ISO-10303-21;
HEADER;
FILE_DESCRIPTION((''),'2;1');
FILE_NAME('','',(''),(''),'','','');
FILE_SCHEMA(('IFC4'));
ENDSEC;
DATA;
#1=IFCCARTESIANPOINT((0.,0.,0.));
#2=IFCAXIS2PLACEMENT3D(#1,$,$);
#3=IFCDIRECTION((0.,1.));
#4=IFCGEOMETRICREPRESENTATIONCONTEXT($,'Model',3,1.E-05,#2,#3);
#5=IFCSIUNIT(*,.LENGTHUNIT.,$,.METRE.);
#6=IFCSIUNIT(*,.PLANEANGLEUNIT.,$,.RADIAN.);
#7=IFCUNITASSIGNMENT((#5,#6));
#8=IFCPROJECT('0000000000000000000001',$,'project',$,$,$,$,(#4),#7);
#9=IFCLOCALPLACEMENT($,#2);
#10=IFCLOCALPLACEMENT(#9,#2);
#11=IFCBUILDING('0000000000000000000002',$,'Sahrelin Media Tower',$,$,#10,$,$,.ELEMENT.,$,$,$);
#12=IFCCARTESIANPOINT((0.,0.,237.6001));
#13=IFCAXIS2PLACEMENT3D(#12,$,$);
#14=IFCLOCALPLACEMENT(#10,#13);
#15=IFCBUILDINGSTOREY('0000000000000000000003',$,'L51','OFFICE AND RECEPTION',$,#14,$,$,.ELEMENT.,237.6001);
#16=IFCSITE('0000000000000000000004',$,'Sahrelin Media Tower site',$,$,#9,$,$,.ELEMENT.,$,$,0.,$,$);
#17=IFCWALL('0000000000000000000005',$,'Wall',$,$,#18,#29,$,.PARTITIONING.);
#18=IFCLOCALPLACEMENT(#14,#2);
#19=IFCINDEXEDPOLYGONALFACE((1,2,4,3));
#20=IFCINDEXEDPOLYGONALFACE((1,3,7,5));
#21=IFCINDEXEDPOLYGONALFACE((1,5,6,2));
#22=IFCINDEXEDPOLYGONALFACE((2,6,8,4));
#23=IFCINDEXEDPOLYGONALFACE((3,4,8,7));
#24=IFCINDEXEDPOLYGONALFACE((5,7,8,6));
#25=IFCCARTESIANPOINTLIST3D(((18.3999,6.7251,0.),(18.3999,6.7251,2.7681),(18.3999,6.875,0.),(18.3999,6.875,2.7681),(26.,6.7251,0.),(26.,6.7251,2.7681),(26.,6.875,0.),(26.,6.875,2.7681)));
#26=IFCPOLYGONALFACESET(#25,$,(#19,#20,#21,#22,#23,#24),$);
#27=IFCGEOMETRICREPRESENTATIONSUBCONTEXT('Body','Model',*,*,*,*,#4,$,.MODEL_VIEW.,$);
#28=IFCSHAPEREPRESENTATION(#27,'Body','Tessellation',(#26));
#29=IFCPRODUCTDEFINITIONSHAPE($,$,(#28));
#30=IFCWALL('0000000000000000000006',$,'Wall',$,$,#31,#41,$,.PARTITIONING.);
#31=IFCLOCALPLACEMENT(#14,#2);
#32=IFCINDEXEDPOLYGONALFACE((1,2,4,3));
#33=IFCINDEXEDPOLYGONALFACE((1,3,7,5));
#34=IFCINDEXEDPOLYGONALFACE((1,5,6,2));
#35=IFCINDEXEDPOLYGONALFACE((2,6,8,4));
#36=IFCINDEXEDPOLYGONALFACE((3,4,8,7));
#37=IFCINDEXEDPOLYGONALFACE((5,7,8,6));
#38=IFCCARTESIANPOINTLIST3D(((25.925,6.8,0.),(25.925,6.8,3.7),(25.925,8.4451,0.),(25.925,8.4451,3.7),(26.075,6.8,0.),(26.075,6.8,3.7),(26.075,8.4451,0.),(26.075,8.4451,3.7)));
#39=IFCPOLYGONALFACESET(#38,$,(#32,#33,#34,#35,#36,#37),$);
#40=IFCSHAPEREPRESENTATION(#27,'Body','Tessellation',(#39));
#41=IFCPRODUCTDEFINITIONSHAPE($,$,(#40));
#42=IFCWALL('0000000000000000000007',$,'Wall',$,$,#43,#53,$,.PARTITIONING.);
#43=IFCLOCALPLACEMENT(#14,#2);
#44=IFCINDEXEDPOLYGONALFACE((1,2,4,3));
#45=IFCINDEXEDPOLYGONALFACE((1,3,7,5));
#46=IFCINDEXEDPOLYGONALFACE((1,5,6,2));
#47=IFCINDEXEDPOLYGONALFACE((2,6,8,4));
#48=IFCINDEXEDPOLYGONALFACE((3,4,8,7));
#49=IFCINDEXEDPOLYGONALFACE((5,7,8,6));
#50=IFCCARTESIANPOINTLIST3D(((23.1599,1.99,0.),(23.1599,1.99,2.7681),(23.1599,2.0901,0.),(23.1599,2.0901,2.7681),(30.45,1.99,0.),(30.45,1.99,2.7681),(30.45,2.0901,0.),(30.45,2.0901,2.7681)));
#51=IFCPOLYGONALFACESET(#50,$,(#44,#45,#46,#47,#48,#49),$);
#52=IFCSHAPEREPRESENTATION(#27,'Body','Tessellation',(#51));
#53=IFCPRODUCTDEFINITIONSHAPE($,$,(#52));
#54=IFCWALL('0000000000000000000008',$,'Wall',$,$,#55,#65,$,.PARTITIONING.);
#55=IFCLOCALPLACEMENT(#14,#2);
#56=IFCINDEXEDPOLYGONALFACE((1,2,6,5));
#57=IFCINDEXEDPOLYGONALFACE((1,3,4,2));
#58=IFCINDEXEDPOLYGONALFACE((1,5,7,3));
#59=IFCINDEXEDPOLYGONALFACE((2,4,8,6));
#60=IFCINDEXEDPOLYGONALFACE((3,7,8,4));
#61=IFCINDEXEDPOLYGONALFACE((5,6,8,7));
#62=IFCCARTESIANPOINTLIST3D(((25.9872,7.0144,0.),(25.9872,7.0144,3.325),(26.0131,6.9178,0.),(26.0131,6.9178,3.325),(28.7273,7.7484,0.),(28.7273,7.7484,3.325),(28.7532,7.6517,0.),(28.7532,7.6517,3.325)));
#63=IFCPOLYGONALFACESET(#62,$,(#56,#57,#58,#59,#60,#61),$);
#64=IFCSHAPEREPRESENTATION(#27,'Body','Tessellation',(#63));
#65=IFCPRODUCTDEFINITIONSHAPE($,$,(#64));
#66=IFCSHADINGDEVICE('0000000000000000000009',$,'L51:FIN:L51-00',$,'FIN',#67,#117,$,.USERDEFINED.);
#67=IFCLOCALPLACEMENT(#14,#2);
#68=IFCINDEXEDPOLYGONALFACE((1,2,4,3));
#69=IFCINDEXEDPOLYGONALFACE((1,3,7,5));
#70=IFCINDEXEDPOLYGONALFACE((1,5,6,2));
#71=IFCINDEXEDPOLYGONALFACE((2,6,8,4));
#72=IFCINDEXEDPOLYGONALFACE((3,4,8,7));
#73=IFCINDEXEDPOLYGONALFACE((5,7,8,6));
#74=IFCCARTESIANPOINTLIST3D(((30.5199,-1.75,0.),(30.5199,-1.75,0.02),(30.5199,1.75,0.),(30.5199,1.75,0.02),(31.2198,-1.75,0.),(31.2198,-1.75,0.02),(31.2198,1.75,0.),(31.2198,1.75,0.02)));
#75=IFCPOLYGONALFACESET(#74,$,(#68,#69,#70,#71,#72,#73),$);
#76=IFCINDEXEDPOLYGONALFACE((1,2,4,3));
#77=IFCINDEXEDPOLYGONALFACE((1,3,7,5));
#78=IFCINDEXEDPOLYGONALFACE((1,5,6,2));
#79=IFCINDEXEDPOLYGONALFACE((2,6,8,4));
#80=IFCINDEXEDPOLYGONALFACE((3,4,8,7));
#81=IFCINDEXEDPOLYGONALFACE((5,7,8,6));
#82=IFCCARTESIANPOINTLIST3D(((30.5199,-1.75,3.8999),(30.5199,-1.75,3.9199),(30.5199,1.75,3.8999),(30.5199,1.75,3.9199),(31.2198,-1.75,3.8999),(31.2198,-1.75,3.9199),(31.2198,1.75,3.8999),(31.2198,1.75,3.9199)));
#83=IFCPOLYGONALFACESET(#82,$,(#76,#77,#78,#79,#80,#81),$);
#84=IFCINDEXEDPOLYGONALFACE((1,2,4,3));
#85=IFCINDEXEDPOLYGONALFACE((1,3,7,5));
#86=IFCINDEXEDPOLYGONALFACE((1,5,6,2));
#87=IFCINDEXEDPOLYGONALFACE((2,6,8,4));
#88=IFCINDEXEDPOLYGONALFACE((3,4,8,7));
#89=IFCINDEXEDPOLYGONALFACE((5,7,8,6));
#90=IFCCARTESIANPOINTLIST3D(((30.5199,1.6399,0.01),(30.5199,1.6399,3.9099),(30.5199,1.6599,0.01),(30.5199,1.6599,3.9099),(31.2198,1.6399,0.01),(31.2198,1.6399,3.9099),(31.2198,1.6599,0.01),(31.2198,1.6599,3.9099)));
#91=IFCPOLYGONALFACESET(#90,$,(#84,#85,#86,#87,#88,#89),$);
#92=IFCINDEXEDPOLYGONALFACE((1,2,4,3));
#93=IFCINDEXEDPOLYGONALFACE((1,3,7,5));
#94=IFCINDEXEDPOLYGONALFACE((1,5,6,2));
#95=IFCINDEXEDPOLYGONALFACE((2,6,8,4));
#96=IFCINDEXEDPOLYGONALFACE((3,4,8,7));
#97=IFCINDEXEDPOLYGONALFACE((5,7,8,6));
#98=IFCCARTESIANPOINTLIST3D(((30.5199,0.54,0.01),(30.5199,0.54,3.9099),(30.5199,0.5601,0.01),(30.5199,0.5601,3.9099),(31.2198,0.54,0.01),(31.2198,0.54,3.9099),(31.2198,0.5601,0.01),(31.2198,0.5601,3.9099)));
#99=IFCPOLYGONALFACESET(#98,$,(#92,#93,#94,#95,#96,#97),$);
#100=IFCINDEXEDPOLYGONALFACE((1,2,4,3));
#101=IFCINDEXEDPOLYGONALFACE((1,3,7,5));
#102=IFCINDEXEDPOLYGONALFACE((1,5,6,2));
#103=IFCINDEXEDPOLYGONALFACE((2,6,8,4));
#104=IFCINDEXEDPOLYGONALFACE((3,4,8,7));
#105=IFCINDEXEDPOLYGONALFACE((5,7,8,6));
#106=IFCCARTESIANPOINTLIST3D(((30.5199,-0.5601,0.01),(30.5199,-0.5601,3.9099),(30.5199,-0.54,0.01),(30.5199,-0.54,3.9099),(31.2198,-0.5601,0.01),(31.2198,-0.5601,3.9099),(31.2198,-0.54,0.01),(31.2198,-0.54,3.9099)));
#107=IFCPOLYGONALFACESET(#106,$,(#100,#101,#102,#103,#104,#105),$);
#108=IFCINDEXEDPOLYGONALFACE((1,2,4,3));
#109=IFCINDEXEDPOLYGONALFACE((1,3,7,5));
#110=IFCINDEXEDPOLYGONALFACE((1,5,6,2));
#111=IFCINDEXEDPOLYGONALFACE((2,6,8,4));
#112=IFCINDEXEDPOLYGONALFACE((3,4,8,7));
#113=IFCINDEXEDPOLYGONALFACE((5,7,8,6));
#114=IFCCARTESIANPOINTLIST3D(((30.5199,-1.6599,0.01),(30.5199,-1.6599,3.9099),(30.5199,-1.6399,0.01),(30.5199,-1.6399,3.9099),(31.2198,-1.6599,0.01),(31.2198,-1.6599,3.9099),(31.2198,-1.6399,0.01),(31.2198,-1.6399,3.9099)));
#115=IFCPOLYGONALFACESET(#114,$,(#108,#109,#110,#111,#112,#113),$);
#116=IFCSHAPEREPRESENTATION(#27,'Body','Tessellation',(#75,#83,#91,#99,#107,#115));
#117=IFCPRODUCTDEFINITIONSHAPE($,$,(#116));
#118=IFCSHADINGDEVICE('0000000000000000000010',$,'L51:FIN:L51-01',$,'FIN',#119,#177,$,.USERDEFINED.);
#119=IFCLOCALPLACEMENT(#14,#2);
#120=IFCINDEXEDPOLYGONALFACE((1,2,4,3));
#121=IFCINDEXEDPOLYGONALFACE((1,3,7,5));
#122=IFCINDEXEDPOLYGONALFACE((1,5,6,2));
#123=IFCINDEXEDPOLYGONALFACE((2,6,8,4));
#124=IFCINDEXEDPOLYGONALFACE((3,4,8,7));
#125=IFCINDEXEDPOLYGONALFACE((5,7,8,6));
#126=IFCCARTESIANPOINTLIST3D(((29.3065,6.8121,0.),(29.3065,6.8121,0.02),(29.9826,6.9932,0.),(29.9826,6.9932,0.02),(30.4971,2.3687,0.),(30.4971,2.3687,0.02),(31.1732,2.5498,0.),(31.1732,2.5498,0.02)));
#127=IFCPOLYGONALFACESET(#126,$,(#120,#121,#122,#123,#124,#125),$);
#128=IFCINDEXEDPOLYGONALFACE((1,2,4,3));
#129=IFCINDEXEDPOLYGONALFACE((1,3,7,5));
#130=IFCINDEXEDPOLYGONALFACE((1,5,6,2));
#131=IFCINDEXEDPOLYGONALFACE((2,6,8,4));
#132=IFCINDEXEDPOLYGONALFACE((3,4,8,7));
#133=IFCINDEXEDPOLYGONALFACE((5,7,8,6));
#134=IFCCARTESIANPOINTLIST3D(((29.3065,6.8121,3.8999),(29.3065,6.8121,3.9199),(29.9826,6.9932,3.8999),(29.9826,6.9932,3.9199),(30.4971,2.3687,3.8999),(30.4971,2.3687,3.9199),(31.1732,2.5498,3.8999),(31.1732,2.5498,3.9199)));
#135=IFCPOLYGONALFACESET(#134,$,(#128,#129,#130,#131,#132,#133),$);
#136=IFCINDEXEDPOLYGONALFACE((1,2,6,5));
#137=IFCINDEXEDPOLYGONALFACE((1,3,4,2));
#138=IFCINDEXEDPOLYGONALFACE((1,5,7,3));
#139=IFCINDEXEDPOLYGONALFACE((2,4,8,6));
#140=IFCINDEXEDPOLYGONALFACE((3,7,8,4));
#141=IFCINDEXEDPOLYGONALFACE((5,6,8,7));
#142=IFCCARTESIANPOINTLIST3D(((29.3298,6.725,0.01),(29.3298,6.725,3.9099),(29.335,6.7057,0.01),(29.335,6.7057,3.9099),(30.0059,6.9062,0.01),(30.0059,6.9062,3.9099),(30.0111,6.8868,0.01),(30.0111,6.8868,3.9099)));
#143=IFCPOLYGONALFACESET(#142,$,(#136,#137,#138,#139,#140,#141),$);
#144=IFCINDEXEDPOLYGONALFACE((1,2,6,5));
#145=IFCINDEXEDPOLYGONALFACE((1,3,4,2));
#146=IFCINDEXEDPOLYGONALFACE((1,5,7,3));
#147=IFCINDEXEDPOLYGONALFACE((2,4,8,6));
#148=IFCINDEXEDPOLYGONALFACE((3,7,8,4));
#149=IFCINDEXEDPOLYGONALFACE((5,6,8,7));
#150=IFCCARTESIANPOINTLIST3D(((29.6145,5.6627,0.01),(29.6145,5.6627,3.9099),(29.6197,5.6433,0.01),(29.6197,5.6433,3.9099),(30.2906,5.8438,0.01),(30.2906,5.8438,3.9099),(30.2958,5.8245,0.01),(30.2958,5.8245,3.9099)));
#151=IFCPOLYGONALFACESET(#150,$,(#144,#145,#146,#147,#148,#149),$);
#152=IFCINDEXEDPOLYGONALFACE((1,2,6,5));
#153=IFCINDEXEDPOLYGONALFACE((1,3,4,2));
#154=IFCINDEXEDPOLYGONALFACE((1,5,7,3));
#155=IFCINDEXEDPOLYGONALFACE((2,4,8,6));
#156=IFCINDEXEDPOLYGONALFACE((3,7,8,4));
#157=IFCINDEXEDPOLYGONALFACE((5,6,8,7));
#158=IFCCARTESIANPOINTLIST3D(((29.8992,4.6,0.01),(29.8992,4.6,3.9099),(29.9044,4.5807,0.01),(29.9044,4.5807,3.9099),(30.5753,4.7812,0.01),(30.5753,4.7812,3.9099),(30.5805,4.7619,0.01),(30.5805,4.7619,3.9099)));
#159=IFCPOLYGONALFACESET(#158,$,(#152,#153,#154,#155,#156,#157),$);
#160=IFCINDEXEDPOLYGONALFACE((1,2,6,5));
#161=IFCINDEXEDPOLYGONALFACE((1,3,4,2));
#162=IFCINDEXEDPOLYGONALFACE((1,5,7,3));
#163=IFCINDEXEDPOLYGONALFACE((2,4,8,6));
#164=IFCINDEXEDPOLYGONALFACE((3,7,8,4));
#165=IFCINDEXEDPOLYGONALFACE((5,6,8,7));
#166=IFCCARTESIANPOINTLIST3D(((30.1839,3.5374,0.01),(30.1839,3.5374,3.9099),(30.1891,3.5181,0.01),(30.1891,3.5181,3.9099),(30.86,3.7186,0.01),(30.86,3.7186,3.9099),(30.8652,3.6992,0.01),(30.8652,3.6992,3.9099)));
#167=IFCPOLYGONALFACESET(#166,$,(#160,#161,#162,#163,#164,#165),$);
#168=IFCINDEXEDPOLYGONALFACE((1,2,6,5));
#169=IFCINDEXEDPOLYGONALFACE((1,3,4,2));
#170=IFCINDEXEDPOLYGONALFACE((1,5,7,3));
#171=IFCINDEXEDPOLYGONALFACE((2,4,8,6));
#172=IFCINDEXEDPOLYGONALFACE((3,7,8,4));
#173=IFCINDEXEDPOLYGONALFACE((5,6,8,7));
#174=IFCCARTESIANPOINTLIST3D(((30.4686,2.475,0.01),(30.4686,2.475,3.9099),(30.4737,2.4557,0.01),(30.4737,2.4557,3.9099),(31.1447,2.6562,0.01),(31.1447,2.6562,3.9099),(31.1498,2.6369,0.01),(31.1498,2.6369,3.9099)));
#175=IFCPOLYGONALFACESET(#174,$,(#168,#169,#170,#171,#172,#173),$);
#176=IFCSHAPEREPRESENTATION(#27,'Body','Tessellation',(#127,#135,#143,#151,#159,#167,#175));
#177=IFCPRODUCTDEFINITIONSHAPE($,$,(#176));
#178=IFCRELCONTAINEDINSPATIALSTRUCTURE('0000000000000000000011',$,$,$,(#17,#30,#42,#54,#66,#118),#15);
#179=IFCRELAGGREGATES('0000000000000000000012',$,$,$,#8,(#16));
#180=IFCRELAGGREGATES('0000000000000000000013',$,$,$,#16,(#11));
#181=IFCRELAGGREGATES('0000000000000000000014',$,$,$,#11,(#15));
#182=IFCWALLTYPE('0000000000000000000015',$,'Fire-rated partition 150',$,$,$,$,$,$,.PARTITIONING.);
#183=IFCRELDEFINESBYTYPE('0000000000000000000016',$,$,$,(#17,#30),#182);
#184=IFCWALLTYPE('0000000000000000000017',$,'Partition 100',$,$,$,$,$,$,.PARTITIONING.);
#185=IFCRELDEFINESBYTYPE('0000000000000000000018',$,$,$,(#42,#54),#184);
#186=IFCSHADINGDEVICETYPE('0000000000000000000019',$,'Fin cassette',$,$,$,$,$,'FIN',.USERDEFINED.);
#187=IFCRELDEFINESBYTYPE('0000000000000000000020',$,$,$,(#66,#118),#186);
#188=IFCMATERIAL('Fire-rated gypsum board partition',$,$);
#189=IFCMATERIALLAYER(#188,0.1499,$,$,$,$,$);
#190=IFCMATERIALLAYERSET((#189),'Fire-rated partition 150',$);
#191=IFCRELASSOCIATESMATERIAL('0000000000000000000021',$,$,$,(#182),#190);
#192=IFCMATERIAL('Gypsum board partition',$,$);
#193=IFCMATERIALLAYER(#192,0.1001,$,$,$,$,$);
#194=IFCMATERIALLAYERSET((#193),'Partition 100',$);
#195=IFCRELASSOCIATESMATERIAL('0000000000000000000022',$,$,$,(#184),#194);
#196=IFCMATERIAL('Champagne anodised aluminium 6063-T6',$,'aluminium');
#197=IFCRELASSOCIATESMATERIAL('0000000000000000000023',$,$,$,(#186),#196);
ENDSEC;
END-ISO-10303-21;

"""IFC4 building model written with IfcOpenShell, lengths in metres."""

from ifc_helpers import new_model, si_unit, direction, frame, frame_2d, origin, origin_2d, place, context, subcontext, project, spatial, rectangle, extrude, material, layer, layer_set, type_object, element, save


model = new_model("IFC4")

# Units and contexts
model_context = context("Model", 3, precision=1e-05, world=origin(), true_north=direction((0.0, 1.0)))
body_context = subcontext(model_context, "Body", "Model", "MODEL_VIEW")
ifc_project = project(units=[si_unit("LENGTHUNIT", "METRE"), si_unit("PLANEANGLEUNIT", "RADIAN")], contexts=[model_context])

# Site, building, storey
site_placement = place(None, origin())
site = spatial("IfcSite", under=ifc_project, at=site_placement, Name="Sahrelin Media Tower site", CompositionType="ELEMENT", RefElevation=0.0)
building_placement = place(site_placement, origin())
building = spatial("IfcBuilding", under=site, at=building_placement, Name="Sahrelin Media Tower", CompositionType="ELEMENT")
storey_placement = place(building_placement, frame((0.0, 0.0, 237.6001)))
storey = spatial("IfcBuildingStorey", under=building, at=storey_placement, Name="L51", Description="OFFICE AND RECEPTION", CompositionType="ELEMENT", Elevation=237.6001)

# Shared definitions
ifc_material_1 = material(Name="Champagne anodised aluminium 6063-T6", Category="aluminium")

# Walls
ifc_material_2 = material(Name="Fire-rated gypsum board partition")
ifc_layer_1 = layer(ifc_material_2, 0.1499)
ifc_layer_set_1 = layer_set([ifc_layer_1], Name="Fire-rated partition 150")
wall_type_1 = type_object("IfcWallType", Name="Fire-rated partition 150", PredefinedType="PARTITIONING", material=ifc_layer_set_1)
wall_1_placement = place(storey_placement, frame((18.3999, 6.8, 0.0), z_axis=(0.0, 0.0, 1.0), x_axis=(1.0, 0.0, 0.0)))
element("IfcWall", 1, at=wall_1_placement, inside=storey, type_object=wall_type_1, Name="Wall", PredefinedType="PARTITIONING", context=body_context, shape_type="SweptSolid", body=[
    extrude(rectangle(XDim=7.6001, YDim=0.1499, at=frame_2d((3.8, 0.0))), origin(), (0.0, 0.0, 1.0), 2.7681),
])
wall_2_placement = place(storey_placement, frame((26.0, 6.8, 0.0), z_axis=(0.0, 0.0, 1.0), x_axis=(0.0, 1.0, 0.0)))
element("IfcWall", 2, at=wall_2_placement, inside=storey, type_object=wall_type_1, Name="Wall", PredefinedType="PARTITIONING", context=body_context, shape_type="SweptSolid", body=[
    extrude(rectangle(XDim=1.645, YDim=0.1499, at=frame_2d((0.8225, 0.0))), origin(), (0.0, 0.0, 1.0), 3.7),
])
ifc_material_3 = material(Name="Gypsum board partition")
ifc_layer_2 = layer(ifc_material_3, 0.1001)
ifc_layer_set_2 = layer_set([ifc_layer_2], Name="Partition 100")
wall_type_2 = type_object("IfcWallType", Name="Partition 100", PredefinedType="PARTITIONING", material=ifc_layer_set_2)
wall_3_placement = place(storey_placement, frame((23.1599, 2.04, 0.0), z_axis=(0.0, 0.0, 1.0), x_axis=(1.0, 0.0, 0.0)))
element("IfcWall", 3, at=wall_3_placement, inside=storey, type_object=wall_type_2, Name="Wall", PredefinedType="PARTITIONING", context=body_context, shape_type="SweptSolid", body=[
    extrude(rectangle(XDim=7.29, YDim=0.1001, at=frame_2d((3.645, 0.0))), origin(), (0.0, 0.0, 1.0), 2.7681),
])
wall_4_placement = place(storey_placement, frame((26.0, 6.9661, 0.0), z_axis=(0.0, 0.0, 1.0), x_axis=(0.965952, 0.258723, 0.0)))
element("IfcWall", 4, at=wall_4_placement, inside=storey, type_object=wall_type_2, Name="Wall", PredefinedType="PARTITIONING", context=body_context, shape_type="SweptSolid", body=[
    extrude(rectangle(XDim=2.8367, YDim=0.1001, at=frame_2d((1.4185, 0.0))), origin(), (0.0, 0.0, 1.0), 3.325),
])

# Shading devices
shading_device_type_1 = type_object("IfcShadingDeviceType", Name="Fin cassette", ElementType="FIN", PredefinedType="USERDEFINED", material=ifc_material_1)
placement_1 = place(storey_placement, frame((30.45, 0.0, 0.0), z_axis=(0.0, 0.0, 1.0), x_axis=(0.0, -1.0, 0.0)))
element("IfcShadingDevice", 5, at=placement_1, inside=storey, type_object=shading_device_type_1, Name="L51:FIN:L51-00", ObjectType="FIN", PredefinedType="USERDEFINED", context=body_context, shape_type="SweptSolid", body=[
    extrude(rectangle(XDim=3.5, YDim=0.7, at=origin_2d()), frame((0.0, 0.4199, 0.0)), (0.0, 0.0, 1.0), 0.02),
    extrude(rectangle(XDim=3.5, YDim=0.7, at=origin_2d()), frame((0.0, 0.4199, 3.8999)), (0.0, 0.0, 1.0), 0.02),
    extrude(rectangle(XDim=0.02, YDim=0.7, at=origin_2d()), frame((-1.6499, 0.4199, 0.01), z_axis=(0.0, 0.0, 1.0), x_axis=(1.0, 0.0, 0.0)), (0.0, 0.0, 1.0), 3.8999),
    extrude(rectangle(XDim=0.02, YDim=0.7, at=origin_2d()), frame((-0.55, 0.4199, 0.01), z_axis=(0.0, 0.0, 1.0), x_axis=(1.0, 0.0, 0.0)), (0.0, 0.0, 1.0), 3.8999),
    extrude(rectangle(XDim=0.02, YDim=0.7, at=origin_2d()), frame((0.55, 0.4199, 0.01), z_axis=(0.0, 0.0, 1.0), x_axis=(1.0, 0.0, 0.0)), (0.0, 0.0, 1.0), 3.8999),
    extrude(rectangle(XDim=0.02, YDim=0.7, at=origin_2d()), frame((1.6499, 0.4199, 0.01), z_axis=(0.0, 0.0, 1.0), x_axis=(1.0, 0.0, 0.0)), (0.0, 0.0, 1.0), 3.8999),
])
placement_2 = place(storey_placement, frame((29.8342, 4.5723, 0.0), z_axis=(0.0, 0.0, 1.0), x_axis=(0.258808, -0.965929, 0.0)))
element("IfcShadingDevice", 6, at=placement_2, inside=storey, type_object=shading_device_type_1, Name="L51:FIN:L51-01", ObjectType="FIN", PredefinedType="USERDEFINED", context=body_context, shape_type="SweptSolid", body=[
    extrude(rectangle(XDim=4.6001, YDim=0.7, at=origin_2d()), frame((0.0, 0.4199, 0.0)), (0.0, 0.0, 1.0), 0.02),
    extrude(rectangle(XDim=4.6001, YDim=0.7, at=origin_2d()), frame((0.0, 0.4199, 3.8999)), (0.0, 0.0, 1.0), 0.02),
    extrude(rectangle(XDim=0.02, YDim=0.7, at=origin_2d()), frame((-2.2, 0.4199, 0.01), z_axis=(0.0, 0.0, 1.0), x_axis=(1.0, 0.0, 0.0)), (0.0, 0.0, 1.0), 3.8999),
    extrude(rectangle(XDim=0.02, YDim=0.7, at=origin_2d()), frame((-1.1001, 0.4199, 0.01), z_axis=(0.0, 0.0, 1.0), x_axis=(1.0, 0.0, 0.0)), (0.0, 0.0, 1.0), 3.8999),
    extrude(rectangle(XDim=0.02, YDim=0.7, at=origin_2d()), frame((0.0, 0.4199, 0.01), z_axis=(0.0, 0.0, 1.0), x_axis=(1.0, 0.0, 0.0)), (0.0, 0.0, 1.0), 3.8999),
    extrude(rectangle(XDim=0.02, YDim=0.7, at=origin_2d()), frame((1.1001, 0.4199, 0.01), z_axis=(0.0, 0.0, 1.0), x_axis=(1.0, 0.0, 0.0)), (0.0, 0.0, 1.0), 3.8999),
    extrude(rectangle(XDim=0.02, YDim=0.7, at=origin_2d()), frame((2.2, 0.4199, 0.01), z_axis=(0.0, 0.0, 1.0), x_axis=(1.0, 0.0, 0.0)), (0.0, 0.0, 1.0), 3.8999),
])

save(model, "model.ifc")
